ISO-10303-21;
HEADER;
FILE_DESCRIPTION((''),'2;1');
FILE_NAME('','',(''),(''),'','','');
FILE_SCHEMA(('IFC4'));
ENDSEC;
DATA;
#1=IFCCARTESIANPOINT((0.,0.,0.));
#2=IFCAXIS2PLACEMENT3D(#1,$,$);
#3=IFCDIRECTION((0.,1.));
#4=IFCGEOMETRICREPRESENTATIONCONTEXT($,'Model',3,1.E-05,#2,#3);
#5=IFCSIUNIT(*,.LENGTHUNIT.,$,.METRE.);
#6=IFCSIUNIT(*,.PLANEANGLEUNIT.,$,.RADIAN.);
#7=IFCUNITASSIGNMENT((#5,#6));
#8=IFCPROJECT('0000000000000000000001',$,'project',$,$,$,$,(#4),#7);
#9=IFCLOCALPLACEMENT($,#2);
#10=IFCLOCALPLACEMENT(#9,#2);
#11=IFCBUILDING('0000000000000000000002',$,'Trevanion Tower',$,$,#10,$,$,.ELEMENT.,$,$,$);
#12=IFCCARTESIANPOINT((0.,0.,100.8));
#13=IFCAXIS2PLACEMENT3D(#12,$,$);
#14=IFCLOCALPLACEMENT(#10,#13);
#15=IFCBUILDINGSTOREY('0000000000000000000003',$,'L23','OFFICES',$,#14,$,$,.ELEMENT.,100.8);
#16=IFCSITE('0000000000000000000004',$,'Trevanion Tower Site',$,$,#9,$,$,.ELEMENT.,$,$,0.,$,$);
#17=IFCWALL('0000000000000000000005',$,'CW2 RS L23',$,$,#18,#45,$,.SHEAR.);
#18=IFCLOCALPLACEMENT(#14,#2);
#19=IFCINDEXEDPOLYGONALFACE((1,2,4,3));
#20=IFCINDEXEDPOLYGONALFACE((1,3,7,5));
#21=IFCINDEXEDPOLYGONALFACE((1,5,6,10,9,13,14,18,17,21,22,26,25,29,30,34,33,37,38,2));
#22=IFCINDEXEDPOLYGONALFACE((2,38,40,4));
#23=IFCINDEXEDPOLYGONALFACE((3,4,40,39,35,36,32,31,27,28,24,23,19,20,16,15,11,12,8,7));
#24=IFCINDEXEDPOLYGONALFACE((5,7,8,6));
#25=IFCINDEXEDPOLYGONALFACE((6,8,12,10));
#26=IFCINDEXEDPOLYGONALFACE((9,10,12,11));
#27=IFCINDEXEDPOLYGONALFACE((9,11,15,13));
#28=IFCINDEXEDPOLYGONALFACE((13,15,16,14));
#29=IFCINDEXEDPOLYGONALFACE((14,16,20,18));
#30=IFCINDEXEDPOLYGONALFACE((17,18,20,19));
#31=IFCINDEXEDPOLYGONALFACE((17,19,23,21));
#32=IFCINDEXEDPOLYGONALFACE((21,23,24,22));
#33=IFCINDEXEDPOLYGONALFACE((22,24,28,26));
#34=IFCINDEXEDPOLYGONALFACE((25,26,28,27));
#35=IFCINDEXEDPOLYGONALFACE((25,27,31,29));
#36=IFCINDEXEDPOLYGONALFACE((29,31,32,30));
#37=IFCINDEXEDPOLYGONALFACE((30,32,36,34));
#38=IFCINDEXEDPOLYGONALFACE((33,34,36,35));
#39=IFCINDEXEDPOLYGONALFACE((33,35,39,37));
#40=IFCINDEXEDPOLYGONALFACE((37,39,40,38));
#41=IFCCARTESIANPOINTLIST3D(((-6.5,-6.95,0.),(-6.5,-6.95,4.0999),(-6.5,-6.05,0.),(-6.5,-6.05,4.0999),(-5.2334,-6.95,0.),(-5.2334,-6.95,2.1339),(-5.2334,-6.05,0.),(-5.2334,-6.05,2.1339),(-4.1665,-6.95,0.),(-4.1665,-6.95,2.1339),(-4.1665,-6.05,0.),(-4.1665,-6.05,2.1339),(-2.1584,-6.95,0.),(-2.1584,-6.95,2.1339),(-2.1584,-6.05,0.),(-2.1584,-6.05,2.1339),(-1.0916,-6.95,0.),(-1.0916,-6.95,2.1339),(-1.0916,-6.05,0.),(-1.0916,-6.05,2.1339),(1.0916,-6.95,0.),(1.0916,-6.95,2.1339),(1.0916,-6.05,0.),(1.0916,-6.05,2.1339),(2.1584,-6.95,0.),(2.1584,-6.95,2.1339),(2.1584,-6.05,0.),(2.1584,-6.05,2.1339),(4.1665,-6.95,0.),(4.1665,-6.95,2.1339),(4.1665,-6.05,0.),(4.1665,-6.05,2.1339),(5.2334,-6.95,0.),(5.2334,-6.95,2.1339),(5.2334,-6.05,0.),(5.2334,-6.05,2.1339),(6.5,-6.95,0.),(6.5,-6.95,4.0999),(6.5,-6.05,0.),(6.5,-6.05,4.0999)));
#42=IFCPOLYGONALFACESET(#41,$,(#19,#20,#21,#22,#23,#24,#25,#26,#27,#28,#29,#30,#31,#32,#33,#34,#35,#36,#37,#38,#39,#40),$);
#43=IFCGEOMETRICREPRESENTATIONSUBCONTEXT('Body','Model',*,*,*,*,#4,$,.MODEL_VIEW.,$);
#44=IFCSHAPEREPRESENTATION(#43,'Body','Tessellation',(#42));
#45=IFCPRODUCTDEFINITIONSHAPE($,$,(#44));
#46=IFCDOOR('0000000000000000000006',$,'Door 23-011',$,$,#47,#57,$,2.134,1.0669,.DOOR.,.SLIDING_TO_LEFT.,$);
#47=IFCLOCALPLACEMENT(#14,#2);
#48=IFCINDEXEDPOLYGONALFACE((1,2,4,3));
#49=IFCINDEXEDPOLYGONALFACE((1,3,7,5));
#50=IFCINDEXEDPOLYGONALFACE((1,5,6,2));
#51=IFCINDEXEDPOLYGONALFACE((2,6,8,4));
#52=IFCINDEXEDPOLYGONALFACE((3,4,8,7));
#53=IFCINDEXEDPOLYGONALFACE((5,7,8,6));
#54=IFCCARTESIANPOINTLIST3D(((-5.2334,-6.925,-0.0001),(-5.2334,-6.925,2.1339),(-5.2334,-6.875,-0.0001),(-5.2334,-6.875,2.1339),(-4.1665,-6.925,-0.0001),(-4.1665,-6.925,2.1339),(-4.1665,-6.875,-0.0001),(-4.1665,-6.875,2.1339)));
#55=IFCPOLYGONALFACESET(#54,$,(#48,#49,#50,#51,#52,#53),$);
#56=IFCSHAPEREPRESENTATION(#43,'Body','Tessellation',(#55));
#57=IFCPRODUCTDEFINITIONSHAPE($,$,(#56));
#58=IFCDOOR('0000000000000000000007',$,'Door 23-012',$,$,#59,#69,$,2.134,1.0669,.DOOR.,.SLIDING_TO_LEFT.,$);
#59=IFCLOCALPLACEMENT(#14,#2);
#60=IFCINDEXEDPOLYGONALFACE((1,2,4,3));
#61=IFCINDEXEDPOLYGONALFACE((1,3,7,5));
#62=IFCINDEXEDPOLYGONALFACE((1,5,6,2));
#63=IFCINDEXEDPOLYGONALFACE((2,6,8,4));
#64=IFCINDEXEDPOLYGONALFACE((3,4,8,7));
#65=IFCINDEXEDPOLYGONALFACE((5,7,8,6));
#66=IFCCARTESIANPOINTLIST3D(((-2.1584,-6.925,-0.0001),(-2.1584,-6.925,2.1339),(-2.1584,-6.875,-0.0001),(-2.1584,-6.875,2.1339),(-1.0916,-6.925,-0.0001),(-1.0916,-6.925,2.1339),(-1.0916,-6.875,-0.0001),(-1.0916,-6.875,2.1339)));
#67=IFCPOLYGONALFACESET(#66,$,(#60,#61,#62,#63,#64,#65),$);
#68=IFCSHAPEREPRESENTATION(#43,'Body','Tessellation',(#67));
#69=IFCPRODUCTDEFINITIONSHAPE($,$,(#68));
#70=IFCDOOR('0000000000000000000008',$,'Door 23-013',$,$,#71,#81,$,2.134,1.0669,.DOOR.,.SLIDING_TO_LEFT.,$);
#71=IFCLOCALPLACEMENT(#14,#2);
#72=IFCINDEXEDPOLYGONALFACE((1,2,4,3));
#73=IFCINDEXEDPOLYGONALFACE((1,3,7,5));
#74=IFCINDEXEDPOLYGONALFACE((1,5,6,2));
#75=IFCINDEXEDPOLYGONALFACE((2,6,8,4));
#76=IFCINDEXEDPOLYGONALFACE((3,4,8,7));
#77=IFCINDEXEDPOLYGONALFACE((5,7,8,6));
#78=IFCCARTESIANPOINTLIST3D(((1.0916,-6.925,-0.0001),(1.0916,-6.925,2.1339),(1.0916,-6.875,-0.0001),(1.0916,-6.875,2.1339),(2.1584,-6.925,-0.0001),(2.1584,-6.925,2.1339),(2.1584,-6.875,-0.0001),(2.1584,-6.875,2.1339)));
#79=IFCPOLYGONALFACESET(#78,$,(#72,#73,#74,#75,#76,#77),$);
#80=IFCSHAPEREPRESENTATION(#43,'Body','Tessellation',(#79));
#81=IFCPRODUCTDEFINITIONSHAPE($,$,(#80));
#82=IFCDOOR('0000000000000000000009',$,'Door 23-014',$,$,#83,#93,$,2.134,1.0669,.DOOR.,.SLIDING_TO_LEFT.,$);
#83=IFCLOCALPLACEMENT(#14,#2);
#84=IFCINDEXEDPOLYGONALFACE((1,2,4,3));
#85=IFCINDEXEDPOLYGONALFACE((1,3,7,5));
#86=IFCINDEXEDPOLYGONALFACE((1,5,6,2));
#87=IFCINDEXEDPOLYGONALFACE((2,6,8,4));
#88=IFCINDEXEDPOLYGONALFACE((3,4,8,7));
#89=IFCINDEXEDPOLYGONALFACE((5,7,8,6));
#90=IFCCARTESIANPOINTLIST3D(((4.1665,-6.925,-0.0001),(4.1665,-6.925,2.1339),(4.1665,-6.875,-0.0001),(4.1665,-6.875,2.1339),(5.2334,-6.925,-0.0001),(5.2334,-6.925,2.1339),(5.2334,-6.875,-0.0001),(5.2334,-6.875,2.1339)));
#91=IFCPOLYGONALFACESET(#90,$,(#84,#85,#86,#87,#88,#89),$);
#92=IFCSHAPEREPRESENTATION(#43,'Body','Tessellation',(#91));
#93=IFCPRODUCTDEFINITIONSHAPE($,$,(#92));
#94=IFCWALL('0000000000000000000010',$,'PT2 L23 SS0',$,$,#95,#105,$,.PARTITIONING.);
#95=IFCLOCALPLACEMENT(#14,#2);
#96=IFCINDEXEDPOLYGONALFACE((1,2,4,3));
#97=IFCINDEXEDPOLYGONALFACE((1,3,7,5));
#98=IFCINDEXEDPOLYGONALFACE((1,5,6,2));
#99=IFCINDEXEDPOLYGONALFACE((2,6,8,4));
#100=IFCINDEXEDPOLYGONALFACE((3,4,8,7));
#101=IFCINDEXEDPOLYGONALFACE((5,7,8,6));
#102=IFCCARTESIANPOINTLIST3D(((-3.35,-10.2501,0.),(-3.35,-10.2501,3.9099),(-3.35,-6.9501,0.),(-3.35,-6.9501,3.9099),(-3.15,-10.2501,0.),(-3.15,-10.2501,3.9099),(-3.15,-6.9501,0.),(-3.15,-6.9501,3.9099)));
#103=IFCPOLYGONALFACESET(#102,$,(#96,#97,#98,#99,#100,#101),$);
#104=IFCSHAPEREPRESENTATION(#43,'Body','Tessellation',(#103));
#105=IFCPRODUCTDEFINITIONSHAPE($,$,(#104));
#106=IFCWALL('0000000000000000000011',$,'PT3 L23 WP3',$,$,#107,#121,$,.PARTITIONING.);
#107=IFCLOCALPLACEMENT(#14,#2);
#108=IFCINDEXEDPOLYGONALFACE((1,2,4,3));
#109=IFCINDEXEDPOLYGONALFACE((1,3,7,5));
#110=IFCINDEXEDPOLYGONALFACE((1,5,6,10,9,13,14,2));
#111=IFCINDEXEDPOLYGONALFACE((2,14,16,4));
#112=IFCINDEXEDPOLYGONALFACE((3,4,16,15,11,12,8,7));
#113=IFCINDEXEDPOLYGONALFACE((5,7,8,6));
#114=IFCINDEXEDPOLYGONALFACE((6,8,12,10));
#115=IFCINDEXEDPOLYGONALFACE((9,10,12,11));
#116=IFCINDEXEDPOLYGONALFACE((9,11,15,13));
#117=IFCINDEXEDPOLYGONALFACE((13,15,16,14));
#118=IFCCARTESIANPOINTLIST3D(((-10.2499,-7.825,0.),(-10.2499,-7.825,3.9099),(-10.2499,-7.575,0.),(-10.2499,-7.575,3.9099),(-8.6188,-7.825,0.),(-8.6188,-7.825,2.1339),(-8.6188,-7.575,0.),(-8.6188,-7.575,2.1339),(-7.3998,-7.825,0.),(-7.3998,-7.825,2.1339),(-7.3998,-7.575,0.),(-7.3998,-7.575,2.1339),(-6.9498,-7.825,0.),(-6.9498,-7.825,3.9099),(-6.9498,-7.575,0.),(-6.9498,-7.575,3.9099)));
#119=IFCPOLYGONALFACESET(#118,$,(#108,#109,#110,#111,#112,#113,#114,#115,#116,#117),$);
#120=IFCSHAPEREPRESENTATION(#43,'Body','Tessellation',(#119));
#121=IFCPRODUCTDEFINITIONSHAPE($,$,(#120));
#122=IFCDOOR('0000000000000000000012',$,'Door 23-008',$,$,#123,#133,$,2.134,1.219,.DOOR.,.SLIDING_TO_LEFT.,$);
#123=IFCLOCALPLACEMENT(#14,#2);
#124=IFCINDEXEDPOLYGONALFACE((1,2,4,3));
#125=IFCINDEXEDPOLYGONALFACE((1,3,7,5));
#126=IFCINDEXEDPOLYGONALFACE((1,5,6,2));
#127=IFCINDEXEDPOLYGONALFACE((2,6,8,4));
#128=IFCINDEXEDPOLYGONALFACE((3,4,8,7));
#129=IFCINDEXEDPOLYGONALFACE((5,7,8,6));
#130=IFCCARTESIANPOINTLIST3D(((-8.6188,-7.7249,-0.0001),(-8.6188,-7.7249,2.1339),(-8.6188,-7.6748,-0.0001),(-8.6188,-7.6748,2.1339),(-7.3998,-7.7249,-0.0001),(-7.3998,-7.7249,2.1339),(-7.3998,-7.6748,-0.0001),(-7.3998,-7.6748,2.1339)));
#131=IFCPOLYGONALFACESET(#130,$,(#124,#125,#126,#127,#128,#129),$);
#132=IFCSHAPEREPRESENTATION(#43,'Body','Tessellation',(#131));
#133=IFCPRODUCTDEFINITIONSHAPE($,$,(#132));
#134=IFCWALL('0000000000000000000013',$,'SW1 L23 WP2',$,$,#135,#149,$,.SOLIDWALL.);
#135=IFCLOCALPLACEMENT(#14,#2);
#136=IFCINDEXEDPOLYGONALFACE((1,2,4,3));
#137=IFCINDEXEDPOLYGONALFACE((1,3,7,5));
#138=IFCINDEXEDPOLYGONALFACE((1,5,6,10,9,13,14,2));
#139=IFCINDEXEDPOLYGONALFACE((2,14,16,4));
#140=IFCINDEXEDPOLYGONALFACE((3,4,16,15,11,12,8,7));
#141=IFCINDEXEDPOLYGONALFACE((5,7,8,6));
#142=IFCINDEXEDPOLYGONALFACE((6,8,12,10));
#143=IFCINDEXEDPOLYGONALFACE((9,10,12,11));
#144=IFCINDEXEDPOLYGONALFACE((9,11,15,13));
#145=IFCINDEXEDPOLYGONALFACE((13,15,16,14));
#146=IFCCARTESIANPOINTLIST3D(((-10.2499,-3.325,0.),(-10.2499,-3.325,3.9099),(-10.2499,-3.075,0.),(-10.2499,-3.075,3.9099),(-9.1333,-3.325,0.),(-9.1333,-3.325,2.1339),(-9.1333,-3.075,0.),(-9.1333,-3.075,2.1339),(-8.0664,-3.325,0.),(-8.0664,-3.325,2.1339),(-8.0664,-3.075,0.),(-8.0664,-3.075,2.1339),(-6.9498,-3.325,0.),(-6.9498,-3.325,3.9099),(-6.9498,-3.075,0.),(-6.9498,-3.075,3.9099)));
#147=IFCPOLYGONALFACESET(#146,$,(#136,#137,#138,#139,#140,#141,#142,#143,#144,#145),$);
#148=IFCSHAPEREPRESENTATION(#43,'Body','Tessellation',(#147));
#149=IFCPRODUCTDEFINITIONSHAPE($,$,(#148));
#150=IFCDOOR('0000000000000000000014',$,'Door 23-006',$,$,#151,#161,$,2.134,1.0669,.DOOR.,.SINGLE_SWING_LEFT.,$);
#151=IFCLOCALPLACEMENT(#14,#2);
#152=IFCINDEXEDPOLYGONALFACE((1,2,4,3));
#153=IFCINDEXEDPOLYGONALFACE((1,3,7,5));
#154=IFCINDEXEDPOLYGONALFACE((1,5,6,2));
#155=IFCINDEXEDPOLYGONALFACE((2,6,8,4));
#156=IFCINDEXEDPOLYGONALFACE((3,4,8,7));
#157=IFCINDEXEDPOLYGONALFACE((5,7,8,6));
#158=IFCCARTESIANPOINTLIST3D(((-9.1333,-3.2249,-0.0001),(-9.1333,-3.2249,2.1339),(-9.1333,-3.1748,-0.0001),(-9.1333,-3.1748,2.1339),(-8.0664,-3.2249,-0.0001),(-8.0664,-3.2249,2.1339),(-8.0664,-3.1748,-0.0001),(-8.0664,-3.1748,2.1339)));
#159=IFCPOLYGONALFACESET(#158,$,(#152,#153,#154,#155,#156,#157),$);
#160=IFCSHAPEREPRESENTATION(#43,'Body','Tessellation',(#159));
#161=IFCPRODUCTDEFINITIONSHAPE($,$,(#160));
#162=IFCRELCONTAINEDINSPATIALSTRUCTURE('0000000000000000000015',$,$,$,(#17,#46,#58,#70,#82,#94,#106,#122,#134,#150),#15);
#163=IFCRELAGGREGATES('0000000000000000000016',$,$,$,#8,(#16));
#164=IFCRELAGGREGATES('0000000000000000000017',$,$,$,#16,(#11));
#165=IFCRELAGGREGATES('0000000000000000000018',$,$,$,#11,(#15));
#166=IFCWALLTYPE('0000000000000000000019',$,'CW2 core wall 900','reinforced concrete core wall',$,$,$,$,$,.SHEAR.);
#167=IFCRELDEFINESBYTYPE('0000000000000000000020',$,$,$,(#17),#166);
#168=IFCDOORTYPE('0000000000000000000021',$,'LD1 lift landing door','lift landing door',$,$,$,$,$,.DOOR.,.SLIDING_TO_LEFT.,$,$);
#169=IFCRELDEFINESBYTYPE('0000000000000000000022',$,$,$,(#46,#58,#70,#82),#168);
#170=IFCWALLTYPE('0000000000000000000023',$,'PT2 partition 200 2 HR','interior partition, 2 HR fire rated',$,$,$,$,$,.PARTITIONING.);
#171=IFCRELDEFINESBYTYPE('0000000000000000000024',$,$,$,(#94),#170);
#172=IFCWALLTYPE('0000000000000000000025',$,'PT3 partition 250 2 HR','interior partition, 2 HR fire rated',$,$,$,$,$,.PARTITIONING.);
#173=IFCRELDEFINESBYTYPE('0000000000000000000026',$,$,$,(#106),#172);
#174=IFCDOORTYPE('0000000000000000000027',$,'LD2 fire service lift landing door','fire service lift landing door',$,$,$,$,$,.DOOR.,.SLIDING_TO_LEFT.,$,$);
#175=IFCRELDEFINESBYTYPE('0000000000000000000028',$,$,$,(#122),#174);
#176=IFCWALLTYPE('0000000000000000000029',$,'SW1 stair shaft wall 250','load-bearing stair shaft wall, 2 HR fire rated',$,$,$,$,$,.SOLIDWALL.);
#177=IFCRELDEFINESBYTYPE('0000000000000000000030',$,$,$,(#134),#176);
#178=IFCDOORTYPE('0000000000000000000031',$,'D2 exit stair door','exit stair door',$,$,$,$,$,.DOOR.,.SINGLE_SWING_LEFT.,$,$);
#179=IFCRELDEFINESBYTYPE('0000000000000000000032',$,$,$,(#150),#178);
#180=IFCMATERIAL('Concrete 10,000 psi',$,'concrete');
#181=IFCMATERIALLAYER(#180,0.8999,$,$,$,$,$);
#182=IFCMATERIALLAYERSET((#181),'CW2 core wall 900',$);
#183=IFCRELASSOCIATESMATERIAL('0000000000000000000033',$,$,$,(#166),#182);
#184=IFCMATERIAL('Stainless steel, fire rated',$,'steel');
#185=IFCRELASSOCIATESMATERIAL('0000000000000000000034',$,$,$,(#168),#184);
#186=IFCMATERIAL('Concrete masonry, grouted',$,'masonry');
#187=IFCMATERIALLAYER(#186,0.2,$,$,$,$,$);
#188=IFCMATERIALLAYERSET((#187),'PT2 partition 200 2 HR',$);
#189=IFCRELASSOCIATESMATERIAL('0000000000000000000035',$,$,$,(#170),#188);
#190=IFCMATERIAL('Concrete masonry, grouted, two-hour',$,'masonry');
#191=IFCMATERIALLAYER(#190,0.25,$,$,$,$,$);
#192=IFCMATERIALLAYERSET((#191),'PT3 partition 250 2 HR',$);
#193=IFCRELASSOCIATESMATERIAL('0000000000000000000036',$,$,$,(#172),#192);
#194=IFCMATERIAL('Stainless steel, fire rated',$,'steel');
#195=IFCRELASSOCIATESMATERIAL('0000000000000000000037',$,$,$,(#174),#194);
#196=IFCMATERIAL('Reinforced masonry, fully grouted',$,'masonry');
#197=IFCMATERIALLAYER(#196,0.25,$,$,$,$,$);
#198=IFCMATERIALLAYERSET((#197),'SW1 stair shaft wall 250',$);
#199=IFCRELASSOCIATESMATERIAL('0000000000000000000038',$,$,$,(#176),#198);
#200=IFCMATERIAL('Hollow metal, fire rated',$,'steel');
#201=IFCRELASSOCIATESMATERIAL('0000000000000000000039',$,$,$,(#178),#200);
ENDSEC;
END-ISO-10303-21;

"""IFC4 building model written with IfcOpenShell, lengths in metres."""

from ifc_helpers import new_model, si_unit, direction, frame, frame_2d, origin, place, context, subcontext, project, spatial, rectangle, extrude, material, layer, layer_set, type_object, element, fill, save


model = new_model("IFC4")

# Units and contexts
model_context = context("Model", 3, precision=1e-05, world=origin(), true_north=direction((0.0, 1.0)))
body_context = subcontext(model_context, "Body", "Model", "MODEL_VIEW")
ifc_project = project(units=[si_unit("LENGTHUNIT", "METRE"), si_unit("PLANEANGLEUNIT", "RADIAN")], contexts=[model_context])

# Site, building, storey
site_placement = place(None, origin())
site = spatial("IfcSite", under=ifc_project, at=site_placement, Name="Trevanion Tower Site", CompositionType="ELEMENT", RefElevation=0.0)
building_placement = place(site_placement, origin())
building = spatial("IfcBuilding", under=site, at=building_placement, Name="Trevanion Tower", CompositionType="ELEMENT")
storey_placement = place(building_placement, frame((0.0, 0.0, 100.8)))
storey = spatial("IfcBuildingStorey", under=building, at=storey_placement, Name="L23", Description="OFFICES", CompositionType="ELEMENT", Elevation=100.8)

# Shared definitions
ifc_material_1 = material(Name="Concrete 10,000 psi", Category="concrete")
ifc_layer_1 = layer(ifc_material_1, 0.8999)
ifc_layer_set_1 = layer_set([ifc_layer_1], Name="CW2 core wall 900")
wall_type_1 = type_object("IfcWallType", Name="CW2 core wall 900", Description="reinforced concrete core wall", PredefinedType="SHEAR", material=ifc_layer_set_1)

# Wall, openings, doors
wall_1_placement = place(storey_placement, frame((-6.5, -6.5, 0.0), z_axis=(0.0, 0.0, 1.0), x_axis=(1.0, 0.0, 0.0)))
wall_1 = element("IfcWall", 1, at=wall_1_placement, inside=storey, type_object=wall_type_1, Name="CW2 RS L23", PredefinedType="SHEAR", context=body_context, shape_type="SweptSolid", body=[
    extrude(rectangle(XDim=13.0, YDim=0.8999, at=frame_2d((6.5, 0.0))), origin(), (0.0, 0.0, 1.0), 4.0999),
])
opening_1_placement = place(wall_1_placement, frame((1.2666, 0.0, 0.0)))
opening_1 = element("IfcOpeningElement", 2, at=opening_1_placement, cuts=wall_1, PredefinedType="OPENING", context=body_context, shape_type="SweptSolid", body=[
    extrude(rectangle(XDim=1.0669, YDim=2.134, at=frame_2d((0.5334, 1.0669))), frame((0.0, 0.46, 0.0), z_axis=(0.0, -1.0, 0.0), x_axis=(1.0, 0.0, 0.0)), (0.0, 0.0, 1.0), 0.9199),
])
opening_2_placement = place(wall_1_placement, frame((4.3416, 0.0, 0.0)))
opening_2 = element("IfcOpeningElement", 3, at=opening_2_placement, cuts=wall_1, PredefinedType="OPENING", context=body_context, shape_type="SweptSolid", body=[
    extrude(rectangle(XDim=1.0669, YDim=2.134, at=frame_2d((0.5334, 1.0669))), frame((0.0, 0.46, 0.0), z_axis=(0.0, -1.0, 0.0), x_axis=(1.0, 0.0, 0.0)), (0.0, 0.0, 1.0), 0.9199),
])
opening_3_placement = place(wall_1_placement, frame((7.5916, 0.0, 0.0)))
opening_3 = element("IfcOpeningElement", 4, at=opening_3_placement, cuts=wall_1, PredefinedType="OPENING", context=body_context, shape_type="SweptSolid", body=[
    extrude(rectangle(XDim=1.0669, YDim=2.134, at=frame_2d((0.5334, 1.0669))), frame((0.0, 0.46, 0.0), z_axis=(0.0, -1.0, 0.0), x_axis=(1.0, 0.0, 0.0)), (0.0, 0.0, 1.0), 0.9199),
])
opening_4_placement = place(wall_1_placement, frame((10.6665, 0.0, 0.0)))
opening_4 = element("IfcOpeningElement", 5, at=opening_4_placement, cuts=wall_1, PredefinedType="OPENING", context=body_context, shape_type="SweptSolid", body=[
    extrude(rectangle(XDim=1.0669, YDim=2.134, at=frame_2d((0.5334, 1.0669))), frame((0.0, 0.46, 0.0), z_axis=(0.0, -1.0, 0.0), x_axis=(1.0, 0.0, 0.0)), (0.0, 0.0, 1.0), 0.9199),
])
ifc_material_2 = material(Name="Stainless steel, fire rated", Category="steel")
door_type_1 = type_object("IfcDoorType", Name="LD1 lift landing door", Description="lift landing door", OperationType="SLIDING_TO_LEFT", PredefinedType="DOOR", material=ifc_material_2)
door_1_placement = place(opening_1_placement, origin())
door_1 = element("IfcDoor", 6, at=door_1_placement, inside=storey, type_object=door_type_1, Name="Door 23-011", OperationType="SLIDING_TO_LEFT", OverallHeight=2.134, OverallWidth=1.0669, PredefinedType="DOOR", context=body_context, shape_type="SweptSolid", body=[
    extrude(rectangle(XDim=1.0669, YDim=2.134, at=frame_2d((0.5334, 1.0669))), frame((0.0, -0.375, 0.0), z_axis=(0.0, -1.0, 0.0), x_axis=(1.0, 0.0, 0.0)), (0.0, 0.0, 1.0), 0.05),
])
fill(opening_1, door_1)
door_2_placement = place(opening_2_placement, origin())
door_2 = element("IfcDoor", 7, at=door_2_placement, inside=storey, type_object=door_type_1, Name="Door 23-012", OperationType="SLIDING_TO_LEFT", OverallHeight=2.134, OverallWidth=1.0669, PredefinedType="DOOR", context=body_context, shape_type="SweptSolid", body=[
    extrude(rectangle(XDim=1.0669, YDim=2.134, at=frame_2d((0.5334, 1.0669))), frame((0.0, -0.375, 0.0), z_axis=(0.0, -1.0, 0.0), x_axis=(1.0, 0.0, 0.0)), (0.0, 0.0, 1.0), 0.05),
])
fill(opening_2, door_2)
door_3_placement = place(opening_3_placement, origin())
door_3 = element("IfcDoor", 8, at=door_3_placement, inside=storey, type_object=door_type_1, Name="Door 23-013", OperationType="SLIDING_TO_LEFT", OverallHeight=2.134, OverallWidth=1.0669, PredefinedType="DOOR", context=body_context, shape_type="SweptSolid", body=[
    extrude(rectangle(XDim=1.0669, YDim=2.134, at=frame_2d((0.5334, 1.0669))), frame((0.0, -0.375, 0.0), z_axis=(0.0, -1.0, 0.0), x_axis=(1.0, 0.0, 0.0)), (0.0, 0.0, 1.0), 0.05),
])
fill(opening_3, door_3)
door_4_placement = place(opening_4_placement, origin())
door_4 = element("IfcDoor", 9, at=door_4_placement, inside=storey, type_object=door_type_1, Name="Door 23-014", OperationType="SLIDING_TO_LEFT", OverallHeight=2.134, OverallWidth=1.0669, PredefinedType="DOOR", context=body_context, shape_type="SweptSolid", body=[
    extrude(rectangle(XDim=1.0669, YDim=2.134, at=frame_2d((0.5334, 1.0669))), frame((0.0, -0.375, 0.0), z_axis=(0.0, -1.0, 0.0), x_axis=(1.0, 0.0, 0.0)), (0.0, 0.0, 1.0), 0.05),
])
fill(opening_4, door_4)

# Wall
ifc_material_3 = material(Name="Concrete masonry, grouted", Category="masonry")
ifc_layer_2 = layer(ifc_material_3, 0.2)
ifc_layer_set_2 = layer_set([ifc_layer_2], Name="PT2 partition 200 2 HR")
wall_type_2 = type_object("IfcWallType", Name="PT2 partition 200 2 HR", Description="interior partition, 2 HR fire rated", PredefinedType="PARTITIONING", material=ifc_layer_set_2)
wall_2_placement = place(storey_placement, frame((-3.25, -10.25, 0.0), z_axis=(0.0, 0.0, 1.0), x_axis=(0.0, 1.0, 0.0)))
element("IfcWall", 10, at=wall_2_placement, inside=storey, type_object=wall_type_2, Name="PT2 L23 SS0", PredefinedType="PARTITIONING", context=body_context, shape_type="SweptSolid", body=[
    extrude(rectangle(XDim=3.3, YDim=0.2, at=frame_2d((1.6499, 0.0))), origin(), (0.0, 0.0, 1.0), 3.9099),
])

# Walls, openings, doors
ifc_material_4 = material(Name="Concrete masonry, grouted, two-hour", Category="masonry")
ifc_layer_3 = layer(ifc_material_4, 0.25)
ifc_layer_set_3 = layer_set([ifc_layer_3], Name="PT3 partition 250 2 HR")
wall_type_3 = type_object("IfcWallType", Name="PT3 partition 250 2 HR", Description="interior partition, 2 HR fire rated", PredefinedType="PARTITIONING", material=ifc_layer_set_3)
wall_3_placement = place(storey_placement, frame((-6.95, -7.7, 0.0), z_axis=(0.0, 0.0, 1.0), x_axis=(-1.0, 0.0, 0.0)))
wall_3 = element("IfcWall", 11, at=wall_3_placement, inside=storey, type_object=wall_type_3, Name="PT3 L23 WP3", PredefinedType="PARTITIONING", context=body_context, shape_type="SweptSolid", body=[
    extrude(rectangle(XDim=3.3, YDim=0.25, at=frame_2d((1.6499, 0.0))), origin(), (0.0, 0.0, 1.0), 3.9099),
])
opening_5_placement = place(wall_3_placement, frame((0.45, 0.0, 0.0)))
opening_5 = element("IfcOpeningElement", 12, at=opening_5_placement, cuts=wall_3, PredefinedType="OPENING", context=body_context, shape_type="SweptSolid", body=[
    extrude(rectangle(XDim=1.219, YDim=2.134, at=frame_2d((0.6094, 1.0669))), frame((0.0, 0.135, 0.0), z_axis=(0.0, -1.0, 0.0), x_axis=(1.0, 0.0, 0.0)), (0.0, 0.0, 1.0), 0.27),
])
ifc_material_5 = material(Name="Stainless steel, fire rated", Category="steel")
door_type_2 = type_object("IfcDoorType", Name="LD2 fire service lift landing door", Description="fire service lift landing door", OperationType="SLIDING_TO_LEFT", PredefinedType="DOOR", material=ifc_material_5)
door_5_placement = place(opening_5_placement, origin())
door_5 = element("IfcDoor", 13, at=door_5_placement, inside=storey, type_object=door_type_2, Name="Door 23-008", OperationType="SLIDING_TO_LEFT", OverallHeight=2.134, OverallWidth=1.219, PredefinedType="DOOR", context=body_context, shape_type="SweptSolid", body=[
    extrude(rectangle(XDim=1.219, YDim=2.134, at=frame_2d((0.6094, 1.0669))), frame((0.0, 0.0249, 0.0), z_axis=(0.0, -1.0, 0.0), x_axis=(1.0, 0.0, 0.0)), (0.0, 0.0, 1.0), 0.05),
])
fill(opening_5, door_5)
ifc_material_6 = material(Name="Reinforced masonry, fully grouted", Category="masonry")
ifc_layer_4 = layer(ifc_material_6, 0.25)
ifc_layer_set_4 = layer_set([ifc_layer_4], Name="SW1 stair shaft wall 250")
wall_type_4 = type_object("IfcWallType", Name="SW1 stair shaft wall 250", Description="load-bearing stair shaft wall, 2 HR fire rated", PredefinedType="SOLIDWALL", material=ifc_layer_set_4)
wall_4_placement = place(storey_placement, frame((-6.95, -3.2, 0.0), z_axis=(0.0, 0.0, 1.0), x_axis=(-1.0, 0.0, 0.0)))
wall_4 = element("IfcWall", 14, at=wall_4_placement, inside=storey, type_object=wall_type_4, Name="SW1 L23 WP2", PredefinedType="SOLIDWALL", context=body_context, shape_type="SweptSolid", body=[
    extrude(rectangle(XDim=3.3, YDim=0.25, at=frame_2d((1.6499, 0.0))), origin(), (0.0, 0.0, 1.0), 3.9099),
])
opening_6_placement = place(wall_4_placement, frame((1.1165, 0.0, 0.0)))
opening_6 = element("IfcOpeningElement", 15, at=opening_6_placement, cuts=wall_4, PredefinedType="OPENING", context=body_context, shape_type="SweptSolid", body=[
    extrude(rectangle(XDim=1.0669, YDim=2.134, at=frame_2d((0.5334, 1.0669))), frame((0.0, 0.135, 0.0), z_axis=(0.0, -1.0, 0.0), x_axis=(1.0, 0.0, 0.0)), (0.0, 0.0, 1.0), 0.27),
])
ifc_material_7 = material(Name="Hollow metal, fire rated", Category="steel")
door_type_3 = type_object("IfcDoorType", Name="D2 exit stair door", Description="exit stair door", OperationType="SINGLE_SWING_LEFT", PredefinedType="DOOR", material=ifc_material_7)
door_6_placement = place(opening_6_placement, origin())
door_6 = element("IfcDoor", 16, at=door_6_placement, inside=storey, type_object=door_type_3, Name="Door 23-006", OperationType="SINGLE_SWING_LEFT", OverallHeight=2.134, OverallWidth=1.0669, PredefinedType="DOOR", context=body_context, shape_type="SweptSolid", body=[
    extrude(rectangle(XDim=1.0669, YDim=2.134, at=frame_2d((0.5334, 1.0669))), frame((0.0, 0.0249, 0.0), z_axis=(0.0, -1.0, 0.0), x_axis=(1.0, 0.0, 0.0)), (0.0, 0.0, 1.0), 0.05),
])
fill(opening_6, door_6)

save(model, "model.ifc")
